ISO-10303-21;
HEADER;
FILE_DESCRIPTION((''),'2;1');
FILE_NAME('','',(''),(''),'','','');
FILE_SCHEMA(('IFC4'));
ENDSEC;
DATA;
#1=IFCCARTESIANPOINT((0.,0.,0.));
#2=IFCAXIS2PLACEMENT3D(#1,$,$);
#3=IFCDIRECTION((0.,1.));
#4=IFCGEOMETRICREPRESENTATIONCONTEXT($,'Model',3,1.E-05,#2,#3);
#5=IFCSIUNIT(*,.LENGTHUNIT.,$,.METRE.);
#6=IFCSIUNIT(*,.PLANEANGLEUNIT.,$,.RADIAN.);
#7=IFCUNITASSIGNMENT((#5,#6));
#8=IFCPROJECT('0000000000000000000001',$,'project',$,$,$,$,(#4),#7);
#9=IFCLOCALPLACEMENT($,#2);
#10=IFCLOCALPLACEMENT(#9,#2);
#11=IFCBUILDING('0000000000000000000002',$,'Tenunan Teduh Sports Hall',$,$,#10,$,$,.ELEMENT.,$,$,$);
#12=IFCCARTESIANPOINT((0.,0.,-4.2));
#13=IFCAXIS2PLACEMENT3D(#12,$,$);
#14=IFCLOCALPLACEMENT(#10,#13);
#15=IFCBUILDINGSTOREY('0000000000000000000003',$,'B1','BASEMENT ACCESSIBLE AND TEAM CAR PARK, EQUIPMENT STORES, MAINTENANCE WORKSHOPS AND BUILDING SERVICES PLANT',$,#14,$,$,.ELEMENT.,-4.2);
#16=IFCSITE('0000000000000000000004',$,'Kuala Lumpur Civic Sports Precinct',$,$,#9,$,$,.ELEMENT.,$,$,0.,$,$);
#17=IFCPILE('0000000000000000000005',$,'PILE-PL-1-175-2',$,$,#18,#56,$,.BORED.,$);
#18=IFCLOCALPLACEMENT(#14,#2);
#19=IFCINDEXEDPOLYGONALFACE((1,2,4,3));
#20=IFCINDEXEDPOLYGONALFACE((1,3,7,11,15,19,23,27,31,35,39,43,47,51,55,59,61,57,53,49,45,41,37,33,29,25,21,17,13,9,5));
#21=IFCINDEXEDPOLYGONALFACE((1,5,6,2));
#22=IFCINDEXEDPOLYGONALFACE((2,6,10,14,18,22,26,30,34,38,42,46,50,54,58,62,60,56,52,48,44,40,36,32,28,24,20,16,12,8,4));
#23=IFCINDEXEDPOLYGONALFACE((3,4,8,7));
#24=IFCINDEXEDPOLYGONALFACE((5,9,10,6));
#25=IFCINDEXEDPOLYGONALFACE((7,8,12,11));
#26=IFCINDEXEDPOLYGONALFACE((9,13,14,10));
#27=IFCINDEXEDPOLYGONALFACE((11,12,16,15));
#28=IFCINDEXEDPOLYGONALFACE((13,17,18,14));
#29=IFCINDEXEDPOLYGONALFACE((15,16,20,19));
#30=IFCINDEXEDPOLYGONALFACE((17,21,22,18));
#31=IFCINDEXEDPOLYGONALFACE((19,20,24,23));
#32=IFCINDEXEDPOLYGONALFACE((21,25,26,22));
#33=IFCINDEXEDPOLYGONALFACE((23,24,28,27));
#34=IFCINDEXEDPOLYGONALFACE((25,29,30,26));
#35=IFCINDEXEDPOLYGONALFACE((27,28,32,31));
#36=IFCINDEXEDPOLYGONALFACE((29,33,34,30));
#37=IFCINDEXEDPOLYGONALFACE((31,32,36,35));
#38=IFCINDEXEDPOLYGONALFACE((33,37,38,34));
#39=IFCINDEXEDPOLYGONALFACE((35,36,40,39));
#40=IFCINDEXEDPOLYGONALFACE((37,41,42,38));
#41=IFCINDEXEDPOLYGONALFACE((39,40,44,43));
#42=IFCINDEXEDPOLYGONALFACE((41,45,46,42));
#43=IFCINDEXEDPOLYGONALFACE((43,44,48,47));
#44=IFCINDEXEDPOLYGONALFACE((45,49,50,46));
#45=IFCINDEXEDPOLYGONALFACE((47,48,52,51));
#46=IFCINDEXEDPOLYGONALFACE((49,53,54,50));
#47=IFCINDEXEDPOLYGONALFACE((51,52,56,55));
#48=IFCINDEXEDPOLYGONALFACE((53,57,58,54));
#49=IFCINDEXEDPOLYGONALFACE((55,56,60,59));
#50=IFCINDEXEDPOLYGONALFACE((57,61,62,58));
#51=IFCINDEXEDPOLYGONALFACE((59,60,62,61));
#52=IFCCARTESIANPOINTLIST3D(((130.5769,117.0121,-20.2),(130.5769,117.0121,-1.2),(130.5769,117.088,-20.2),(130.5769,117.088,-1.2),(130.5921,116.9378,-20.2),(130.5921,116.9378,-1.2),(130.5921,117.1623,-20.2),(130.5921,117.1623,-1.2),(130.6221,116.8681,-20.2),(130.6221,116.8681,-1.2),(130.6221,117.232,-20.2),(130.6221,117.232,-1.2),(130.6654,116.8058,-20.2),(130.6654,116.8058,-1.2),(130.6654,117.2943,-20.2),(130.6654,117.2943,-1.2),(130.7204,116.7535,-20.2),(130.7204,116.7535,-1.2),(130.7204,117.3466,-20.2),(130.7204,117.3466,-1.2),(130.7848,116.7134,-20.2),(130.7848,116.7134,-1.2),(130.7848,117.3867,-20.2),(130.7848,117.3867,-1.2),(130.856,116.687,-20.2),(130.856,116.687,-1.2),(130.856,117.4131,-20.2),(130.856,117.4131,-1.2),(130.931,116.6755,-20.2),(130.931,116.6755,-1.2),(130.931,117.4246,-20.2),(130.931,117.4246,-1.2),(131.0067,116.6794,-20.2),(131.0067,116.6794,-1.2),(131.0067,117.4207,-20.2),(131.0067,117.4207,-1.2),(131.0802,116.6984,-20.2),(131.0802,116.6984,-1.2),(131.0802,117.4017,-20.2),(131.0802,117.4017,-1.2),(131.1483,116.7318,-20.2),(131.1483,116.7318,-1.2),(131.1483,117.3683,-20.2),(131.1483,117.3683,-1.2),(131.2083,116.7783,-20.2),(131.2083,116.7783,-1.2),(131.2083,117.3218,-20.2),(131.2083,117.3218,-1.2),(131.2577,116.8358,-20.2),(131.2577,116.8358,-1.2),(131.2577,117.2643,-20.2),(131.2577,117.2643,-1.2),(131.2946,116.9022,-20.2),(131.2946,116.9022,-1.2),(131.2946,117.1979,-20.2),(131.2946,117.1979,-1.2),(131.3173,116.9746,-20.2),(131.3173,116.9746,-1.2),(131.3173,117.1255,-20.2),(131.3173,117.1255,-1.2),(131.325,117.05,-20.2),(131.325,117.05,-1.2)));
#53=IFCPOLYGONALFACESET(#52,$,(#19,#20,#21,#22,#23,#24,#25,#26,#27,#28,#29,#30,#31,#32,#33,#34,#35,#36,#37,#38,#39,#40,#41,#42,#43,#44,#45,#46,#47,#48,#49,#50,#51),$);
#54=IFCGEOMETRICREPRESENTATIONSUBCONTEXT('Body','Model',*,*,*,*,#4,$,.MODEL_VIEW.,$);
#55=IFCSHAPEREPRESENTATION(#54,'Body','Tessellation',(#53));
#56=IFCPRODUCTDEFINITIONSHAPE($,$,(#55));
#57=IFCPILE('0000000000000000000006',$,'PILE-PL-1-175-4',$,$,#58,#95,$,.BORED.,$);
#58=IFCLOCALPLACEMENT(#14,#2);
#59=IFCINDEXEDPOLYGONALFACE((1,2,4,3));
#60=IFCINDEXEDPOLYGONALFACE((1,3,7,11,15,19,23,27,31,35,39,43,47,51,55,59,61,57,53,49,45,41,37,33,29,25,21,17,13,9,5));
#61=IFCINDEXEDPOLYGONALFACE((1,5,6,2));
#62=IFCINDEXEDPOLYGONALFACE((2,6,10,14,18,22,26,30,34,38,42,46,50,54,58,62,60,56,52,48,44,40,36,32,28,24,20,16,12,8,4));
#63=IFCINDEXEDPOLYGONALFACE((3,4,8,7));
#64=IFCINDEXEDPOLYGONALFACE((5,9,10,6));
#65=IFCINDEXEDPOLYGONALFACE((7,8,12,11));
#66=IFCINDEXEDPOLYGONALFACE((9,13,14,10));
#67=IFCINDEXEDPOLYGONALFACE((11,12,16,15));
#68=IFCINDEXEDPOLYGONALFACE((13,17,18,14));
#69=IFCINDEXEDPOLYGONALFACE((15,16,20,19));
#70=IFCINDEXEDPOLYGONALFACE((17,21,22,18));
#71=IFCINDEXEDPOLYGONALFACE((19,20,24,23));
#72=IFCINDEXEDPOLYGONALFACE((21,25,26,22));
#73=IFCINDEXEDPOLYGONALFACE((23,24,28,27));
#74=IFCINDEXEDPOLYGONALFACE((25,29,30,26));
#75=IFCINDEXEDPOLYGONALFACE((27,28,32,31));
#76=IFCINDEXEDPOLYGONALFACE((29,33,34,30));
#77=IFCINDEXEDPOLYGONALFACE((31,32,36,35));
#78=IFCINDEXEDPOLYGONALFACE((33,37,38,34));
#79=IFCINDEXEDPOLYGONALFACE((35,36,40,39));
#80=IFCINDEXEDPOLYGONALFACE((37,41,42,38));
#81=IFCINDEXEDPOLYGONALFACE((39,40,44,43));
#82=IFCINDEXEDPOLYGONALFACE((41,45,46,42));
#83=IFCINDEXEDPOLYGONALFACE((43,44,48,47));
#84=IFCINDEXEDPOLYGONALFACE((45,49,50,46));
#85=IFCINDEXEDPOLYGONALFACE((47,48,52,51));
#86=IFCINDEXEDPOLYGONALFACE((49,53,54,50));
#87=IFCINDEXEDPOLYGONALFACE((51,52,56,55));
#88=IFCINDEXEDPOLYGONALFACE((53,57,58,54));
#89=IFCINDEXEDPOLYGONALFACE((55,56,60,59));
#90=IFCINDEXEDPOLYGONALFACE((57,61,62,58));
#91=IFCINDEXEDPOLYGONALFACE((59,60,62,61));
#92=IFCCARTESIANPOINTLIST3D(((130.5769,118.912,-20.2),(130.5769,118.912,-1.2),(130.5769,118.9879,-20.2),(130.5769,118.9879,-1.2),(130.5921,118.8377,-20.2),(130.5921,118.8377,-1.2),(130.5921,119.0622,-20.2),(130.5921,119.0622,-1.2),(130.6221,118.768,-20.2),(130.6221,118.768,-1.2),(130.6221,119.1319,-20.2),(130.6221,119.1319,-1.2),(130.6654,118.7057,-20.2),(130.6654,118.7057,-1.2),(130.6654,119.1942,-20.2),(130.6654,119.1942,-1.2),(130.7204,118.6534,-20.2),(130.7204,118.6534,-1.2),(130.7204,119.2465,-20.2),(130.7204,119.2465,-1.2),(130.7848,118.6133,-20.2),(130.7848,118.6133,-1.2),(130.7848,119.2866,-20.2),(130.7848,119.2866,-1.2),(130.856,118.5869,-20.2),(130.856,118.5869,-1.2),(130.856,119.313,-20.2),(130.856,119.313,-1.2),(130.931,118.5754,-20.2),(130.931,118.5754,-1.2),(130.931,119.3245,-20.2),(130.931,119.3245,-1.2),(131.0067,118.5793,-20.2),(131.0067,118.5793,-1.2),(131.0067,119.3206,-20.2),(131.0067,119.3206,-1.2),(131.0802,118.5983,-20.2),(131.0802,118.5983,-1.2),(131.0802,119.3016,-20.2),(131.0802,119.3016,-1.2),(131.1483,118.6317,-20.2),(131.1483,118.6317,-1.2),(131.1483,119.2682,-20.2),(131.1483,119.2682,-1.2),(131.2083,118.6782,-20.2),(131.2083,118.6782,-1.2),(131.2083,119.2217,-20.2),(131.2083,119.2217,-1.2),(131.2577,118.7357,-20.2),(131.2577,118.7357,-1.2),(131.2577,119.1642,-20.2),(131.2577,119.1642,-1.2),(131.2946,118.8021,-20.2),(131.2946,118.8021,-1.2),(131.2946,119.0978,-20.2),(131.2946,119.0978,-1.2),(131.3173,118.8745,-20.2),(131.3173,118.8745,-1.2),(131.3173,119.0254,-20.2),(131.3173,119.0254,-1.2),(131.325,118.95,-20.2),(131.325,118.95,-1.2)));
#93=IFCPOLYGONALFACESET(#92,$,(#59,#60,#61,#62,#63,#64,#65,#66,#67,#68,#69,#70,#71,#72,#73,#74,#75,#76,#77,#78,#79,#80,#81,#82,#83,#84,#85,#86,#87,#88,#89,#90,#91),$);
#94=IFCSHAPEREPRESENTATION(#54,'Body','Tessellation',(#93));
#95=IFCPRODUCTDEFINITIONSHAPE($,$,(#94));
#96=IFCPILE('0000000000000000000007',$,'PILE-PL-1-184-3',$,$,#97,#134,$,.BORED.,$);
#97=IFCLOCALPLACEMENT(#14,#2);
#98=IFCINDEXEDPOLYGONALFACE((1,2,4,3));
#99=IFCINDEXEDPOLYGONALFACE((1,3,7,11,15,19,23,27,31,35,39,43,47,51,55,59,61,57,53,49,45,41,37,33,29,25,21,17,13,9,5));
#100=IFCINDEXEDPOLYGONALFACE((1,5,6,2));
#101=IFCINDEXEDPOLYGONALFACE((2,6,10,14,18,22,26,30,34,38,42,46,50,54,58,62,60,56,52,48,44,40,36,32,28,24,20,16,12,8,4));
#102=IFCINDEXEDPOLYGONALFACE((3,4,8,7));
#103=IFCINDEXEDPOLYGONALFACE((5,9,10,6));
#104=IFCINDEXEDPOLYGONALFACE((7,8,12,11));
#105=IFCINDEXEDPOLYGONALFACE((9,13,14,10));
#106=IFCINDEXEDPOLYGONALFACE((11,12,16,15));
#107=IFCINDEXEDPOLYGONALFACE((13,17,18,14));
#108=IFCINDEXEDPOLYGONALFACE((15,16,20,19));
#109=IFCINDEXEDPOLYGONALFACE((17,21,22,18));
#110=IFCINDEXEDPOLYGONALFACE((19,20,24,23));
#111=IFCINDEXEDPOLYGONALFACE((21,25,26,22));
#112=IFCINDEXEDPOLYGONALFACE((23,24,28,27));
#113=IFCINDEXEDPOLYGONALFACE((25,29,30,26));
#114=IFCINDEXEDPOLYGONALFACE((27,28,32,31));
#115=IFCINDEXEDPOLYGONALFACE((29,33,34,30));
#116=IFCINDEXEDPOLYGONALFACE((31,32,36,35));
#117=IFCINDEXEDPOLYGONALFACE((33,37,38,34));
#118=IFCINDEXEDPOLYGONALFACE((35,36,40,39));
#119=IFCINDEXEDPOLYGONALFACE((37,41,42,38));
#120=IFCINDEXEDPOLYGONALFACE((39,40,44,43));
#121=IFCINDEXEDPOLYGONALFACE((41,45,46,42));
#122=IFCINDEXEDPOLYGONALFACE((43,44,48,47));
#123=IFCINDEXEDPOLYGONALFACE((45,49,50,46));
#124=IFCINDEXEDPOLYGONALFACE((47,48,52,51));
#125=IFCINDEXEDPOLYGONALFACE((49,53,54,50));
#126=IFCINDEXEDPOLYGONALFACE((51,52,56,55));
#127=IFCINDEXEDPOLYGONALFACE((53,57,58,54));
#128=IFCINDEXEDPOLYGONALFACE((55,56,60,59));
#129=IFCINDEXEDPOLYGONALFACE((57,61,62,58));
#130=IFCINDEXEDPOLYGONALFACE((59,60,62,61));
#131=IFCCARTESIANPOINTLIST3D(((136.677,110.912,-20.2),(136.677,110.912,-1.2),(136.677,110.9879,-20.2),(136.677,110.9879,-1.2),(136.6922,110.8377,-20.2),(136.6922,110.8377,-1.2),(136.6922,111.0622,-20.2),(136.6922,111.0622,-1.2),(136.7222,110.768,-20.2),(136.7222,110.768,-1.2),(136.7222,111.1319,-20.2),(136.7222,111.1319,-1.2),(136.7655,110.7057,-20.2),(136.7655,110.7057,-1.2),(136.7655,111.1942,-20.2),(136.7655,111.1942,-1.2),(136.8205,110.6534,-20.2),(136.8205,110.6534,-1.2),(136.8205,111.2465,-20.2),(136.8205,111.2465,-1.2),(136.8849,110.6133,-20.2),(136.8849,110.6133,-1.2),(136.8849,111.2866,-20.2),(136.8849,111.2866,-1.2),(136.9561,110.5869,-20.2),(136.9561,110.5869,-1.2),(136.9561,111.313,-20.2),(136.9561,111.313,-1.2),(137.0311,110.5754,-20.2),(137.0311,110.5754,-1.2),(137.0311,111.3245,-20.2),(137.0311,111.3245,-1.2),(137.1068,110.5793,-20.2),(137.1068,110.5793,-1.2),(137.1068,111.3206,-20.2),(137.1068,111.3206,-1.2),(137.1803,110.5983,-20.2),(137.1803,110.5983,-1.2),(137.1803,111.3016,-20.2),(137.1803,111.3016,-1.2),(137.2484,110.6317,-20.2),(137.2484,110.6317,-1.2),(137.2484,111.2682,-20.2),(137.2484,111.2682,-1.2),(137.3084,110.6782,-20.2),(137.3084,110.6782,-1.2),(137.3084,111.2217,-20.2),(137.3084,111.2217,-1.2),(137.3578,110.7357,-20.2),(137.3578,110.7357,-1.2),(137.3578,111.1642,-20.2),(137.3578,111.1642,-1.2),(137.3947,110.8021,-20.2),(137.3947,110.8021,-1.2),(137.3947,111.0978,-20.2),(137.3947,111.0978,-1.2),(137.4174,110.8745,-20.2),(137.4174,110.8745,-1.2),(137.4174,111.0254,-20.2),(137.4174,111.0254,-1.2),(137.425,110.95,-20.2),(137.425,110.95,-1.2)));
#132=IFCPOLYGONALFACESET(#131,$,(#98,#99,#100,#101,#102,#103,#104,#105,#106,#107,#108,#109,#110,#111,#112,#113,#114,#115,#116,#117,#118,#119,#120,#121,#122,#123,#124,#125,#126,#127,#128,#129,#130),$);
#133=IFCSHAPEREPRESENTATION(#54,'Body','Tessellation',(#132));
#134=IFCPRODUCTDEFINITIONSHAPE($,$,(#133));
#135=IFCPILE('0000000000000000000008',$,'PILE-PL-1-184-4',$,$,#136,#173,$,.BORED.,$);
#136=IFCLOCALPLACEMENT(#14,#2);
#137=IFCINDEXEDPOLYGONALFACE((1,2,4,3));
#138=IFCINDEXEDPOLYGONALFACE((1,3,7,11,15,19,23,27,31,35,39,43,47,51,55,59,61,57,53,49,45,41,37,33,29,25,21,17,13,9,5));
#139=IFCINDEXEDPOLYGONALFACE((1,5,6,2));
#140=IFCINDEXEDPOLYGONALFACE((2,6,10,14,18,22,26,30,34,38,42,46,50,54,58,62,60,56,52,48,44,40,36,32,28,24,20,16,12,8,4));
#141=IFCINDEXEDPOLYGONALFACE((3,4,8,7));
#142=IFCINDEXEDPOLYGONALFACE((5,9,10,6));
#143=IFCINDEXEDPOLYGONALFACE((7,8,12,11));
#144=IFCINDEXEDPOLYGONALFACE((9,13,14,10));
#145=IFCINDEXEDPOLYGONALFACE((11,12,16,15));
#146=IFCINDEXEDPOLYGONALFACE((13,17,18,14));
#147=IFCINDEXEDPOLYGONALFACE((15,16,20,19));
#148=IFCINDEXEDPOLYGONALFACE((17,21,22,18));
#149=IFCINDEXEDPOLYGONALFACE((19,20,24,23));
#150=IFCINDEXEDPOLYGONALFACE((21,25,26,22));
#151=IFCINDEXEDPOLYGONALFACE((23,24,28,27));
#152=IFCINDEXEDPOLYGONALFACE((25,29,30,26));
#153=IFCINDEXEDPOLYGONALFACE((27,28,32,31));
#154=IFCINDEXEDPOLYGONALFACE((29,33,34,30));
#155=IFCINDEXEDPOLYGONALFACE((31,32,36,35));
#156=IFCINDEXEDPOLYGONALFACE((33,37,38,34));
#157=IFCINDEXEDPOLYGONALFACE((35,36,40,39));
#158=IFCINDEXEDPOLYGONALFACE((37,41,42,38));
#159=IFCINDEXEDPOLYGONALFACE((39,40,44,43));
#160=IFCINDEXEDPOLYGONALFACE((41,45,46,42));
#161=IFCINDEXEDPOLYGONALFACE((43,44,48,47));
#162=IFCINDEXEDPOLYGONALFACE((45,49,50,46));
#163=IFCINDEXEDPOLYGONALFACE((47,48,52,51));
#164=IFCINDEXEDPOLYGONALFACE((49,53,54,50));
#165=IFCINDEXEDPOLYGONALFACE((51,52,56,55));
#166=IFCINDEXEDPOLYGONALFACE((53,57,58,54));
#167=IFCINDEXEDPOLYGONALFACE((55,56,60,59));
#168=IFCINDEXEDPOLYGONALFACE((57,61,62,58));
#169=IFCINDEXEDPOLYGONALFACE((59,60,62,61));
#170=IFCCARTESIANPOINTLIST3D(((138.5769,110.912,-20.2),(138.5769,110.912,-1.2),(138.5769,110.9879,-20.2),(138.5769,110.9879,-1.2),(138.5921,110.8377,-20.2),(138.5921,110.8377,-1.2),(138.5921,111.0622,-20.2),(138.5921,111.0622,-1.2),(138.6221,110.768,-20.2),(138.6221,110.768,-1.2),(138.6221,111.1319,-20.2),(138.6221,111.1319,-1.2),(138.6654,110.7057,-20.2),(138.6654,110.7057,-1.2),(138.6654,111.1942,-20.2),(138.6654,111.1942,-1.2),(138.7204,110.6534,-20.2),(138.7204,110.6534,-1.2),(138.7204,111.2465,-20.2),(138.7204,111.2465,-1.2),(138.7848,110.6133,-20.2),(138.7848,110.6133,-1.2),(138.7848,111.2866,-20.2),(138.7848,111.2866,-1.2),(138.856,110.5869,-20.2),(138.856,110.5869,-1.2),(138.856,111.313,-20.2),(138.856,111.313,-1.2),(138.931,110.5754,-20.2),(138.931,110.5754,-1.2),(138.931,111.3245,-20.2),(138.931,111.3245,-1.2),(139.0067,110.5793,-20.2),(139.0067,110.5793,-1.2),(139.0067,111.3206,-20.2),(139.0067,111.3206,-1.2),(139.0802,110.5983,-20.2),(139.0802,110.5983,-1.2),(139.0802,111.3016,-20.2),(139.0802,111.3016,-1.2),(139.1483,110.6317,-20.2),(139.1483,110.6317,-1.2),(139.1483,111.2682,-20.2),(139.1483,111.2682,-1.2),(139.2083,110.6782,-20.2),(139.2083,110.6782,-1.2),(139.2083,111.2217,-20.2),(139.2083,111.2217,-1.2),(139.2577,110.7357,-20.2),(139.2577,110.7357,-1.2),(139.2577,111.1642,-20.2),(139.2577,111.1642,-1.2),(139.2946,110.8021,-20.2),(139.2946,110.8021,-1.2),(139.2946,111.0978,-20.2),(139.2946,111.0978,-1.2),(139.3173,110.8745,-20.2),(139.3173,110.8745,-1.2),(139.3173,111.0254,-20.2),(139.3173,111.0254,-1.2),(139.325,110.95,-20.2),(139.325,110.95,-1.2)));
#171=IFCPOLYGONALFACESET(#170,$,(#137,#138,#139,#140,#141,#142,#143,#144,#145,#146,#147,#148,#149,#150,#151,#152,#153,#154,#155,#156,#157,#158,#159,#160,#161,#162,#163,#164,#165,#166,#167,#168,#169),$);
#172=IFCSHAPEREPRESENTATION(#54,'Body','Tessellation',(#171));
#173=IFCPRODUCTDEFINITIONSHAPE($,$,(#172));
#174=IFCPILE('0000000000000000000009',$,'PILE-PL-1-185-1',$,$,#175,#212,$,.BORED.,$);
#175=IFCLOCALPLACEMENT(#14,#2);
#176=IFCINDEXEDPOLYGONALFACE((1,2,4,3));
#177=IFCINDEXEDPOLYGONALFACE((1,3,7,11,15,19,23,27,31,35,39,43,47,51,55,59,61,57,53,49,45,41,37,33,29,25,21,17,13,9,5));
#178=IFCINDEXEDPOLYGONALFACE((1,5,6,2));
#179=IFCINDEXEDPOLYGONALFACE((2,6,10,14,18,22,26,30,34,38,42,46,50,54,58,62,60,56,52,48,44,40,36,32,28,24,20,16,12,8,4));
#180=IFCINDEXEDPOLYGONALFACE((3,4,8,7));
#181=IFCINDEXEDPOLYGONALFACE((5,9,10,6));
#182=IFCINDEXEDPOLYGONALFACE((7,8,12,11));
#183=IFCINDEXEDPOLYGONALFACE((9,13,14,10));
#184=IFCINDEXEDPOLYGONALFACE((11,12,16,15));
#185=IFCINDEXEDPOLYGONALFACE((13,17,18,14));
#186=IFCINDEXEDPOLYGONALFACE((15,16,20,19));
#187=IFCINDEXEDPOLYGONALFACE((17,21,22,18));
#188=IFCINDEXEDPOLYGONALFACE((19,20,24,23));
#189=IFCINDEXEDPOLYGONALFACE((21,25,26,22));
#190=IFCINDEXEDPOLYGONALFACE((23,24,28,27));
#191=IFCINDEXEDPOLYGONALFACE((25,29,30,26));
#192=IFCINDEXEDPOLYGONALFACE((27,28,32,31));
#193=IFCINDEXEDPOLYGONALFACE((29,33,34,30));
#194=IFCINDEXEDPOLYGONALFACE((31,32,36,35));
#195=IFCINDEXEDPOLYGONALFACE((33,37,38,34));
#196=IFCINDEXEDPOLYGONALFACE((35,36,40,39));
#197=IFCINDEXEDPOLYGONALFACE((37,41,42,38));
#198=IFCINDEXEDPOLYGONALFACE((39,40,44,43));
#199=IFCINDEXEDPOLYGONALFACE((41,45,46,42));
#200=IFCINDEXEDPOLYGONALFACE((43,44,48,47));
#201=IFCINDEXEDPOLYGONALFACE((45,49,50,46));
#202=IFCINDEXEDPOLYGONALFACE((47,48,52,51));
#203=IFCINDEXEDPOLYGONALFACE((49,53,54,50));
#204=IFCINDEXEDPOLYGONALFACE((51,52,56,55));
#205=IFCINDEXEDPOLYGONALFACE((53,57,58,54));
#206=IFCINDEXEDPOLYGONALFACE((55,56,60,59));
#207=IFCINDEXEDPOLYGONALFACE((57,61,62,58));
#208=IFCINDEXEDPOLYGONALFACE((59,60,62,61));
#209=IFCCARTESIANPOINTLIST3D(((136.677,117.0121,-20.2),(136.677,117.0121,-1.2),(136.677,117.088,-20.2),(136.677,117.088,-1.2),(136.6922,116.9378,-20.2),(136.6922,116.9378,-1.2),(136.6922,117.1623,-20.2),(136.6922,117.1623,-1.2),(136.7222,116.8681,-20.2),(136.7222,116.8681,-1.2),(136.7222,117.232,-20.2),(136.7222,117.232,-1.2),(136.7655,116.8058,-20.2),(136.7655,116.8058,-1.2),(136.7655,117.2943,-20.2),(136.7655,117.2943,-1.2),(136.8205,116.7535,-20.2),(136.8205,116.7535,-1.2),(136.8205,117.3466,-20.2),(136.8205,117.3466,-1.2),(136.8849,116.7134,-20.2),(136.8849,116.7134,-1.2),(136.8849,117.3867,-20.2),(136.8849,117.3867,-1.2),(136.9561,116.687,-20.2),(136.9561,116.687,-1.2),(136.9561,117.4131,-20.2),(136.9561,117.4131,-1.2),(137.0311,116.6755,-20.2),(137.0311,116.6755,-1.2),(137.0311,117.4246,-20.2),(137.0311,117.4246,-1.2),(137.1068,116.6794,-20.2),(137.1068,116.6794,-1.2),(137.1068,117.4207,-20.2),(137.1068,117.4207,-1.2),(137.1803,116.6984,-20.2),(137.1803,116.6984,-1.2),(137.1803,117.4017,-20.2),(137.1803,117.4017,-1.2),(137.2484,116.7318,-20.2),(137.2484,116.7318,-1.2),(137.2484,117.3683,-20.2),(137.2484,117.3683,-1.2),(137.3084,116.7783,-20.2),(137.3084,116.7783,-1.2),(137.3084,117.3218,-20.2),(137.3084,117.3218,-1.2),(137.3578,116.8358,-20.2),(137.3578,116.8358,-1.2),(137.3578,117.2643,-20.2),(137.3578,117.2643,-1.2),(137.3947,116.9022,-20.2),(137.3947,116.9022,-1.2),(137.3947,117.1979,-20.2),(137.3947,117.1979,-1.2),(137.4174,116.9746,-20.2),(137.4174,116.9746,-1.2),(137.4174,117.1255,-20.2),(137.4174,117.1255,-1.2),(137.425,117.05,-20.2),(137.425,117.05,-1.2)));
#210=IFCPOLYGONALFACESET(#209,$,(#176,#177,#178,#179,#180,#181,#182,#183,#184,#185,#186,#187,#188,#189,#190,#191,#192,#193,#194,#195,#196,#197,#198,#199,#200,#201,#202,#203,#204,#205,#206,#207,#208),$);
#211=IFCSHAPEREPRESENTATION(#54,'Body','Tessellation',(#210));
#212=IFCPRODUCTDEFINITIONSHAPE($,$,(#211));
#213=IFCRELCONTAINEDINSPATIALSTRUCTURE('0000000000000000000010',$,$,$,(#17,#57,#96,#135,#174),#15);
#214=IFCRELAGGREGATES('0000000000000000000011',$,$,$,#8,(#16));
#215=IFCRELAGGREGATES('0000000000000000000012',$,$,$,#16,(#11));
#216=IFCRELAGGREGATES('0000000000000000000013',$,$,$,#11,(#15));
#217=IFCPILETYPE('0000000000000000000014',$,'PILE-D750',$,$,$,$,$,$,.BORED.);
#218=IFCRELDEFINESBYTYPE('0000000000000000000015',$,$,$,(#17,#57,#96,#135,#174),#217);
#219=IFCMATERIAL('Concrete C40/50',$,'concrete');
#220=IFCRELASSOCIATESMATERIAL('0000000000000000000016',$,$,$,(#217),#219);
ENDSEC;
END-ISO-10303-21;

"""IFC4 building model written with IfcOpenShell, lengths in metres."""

from ifc_helpers import new_model, si_unit, direction, frame, origin, origin_2d, place, context, subcontext, project, spatial, circle, extrude, material, material_profile, profile_set, type_object, element, save


model = new_model("IFC4")

# Units and contexts
model_context = context("Model", 3, precision=1e-05, world=origin(), true_north=direction((0.0, 1.0)))
body_context = subcontext(model_context, "Body", "Model", "MODEL_VIEW")
ifc_project = project(units=[si_unit("LENGTHUNIT", "METRE"), si_unit("PLANEANGLEUNIT", "RADIAN")], contexts=[model_context])

# Site, building, storey
site_placement = place(None, origin())
site = spatial("IfcSite", under=ifc_project, at=site_placement, Name="Kuala Lumpur Civic Sports Precinct", CompositionType="ELEMENT", RefElevation=0.0)
building_placement = place(site_placement, origin())
building = spatial("IfcBuilding", under=site, at=building_placement, Name="Tenunan Teduh Sports Hall", CompositionType="ELEMENT")
storey_placement = place(building_placement, frame((0.0, 0.0, -4.2)))
storey = spatial("IfcBuildingStorey", under=building, at=storey_placement, Name="B1", Description="BASEMENT ACCESSIBLE AND TEAM CAR PARK, EQUIPMENT STORES, MAINTENANCE WORKSHOPS AND BUILDING SERVICES PLANT", CompositionType="ELEMENT", Elevation=-4.2)

# Piles
ifc_material_1 = material(Name="Concrete C40/50", Category="concrete")
ifc_material_profile_1 = material_profile(ifc_material_1, circle(Radius=0.375, at=origin_2d()), Name="PILE D750")
ifc_profile_set_1 = profile_set([ifc_material_profile_1], Name="Concrete C40/50")
pile_type = type_object("IfcPileType", Name="PILE-D750", PredefinedType="BORED", material=ifc_profile_set_1)
for number, where, z_axis, x_axis, name in (
    (1, (130.95, 117.05, -1.2), (0.0, 0.0, -1.0), (1.0, 0.0, 0.0), "PILE-PL-1-175-2"),
    (2, (130.95, 118.95, -1.2), (0.0, 0.0, -1.0), (1.0, 0.0, 0.0), "PILE-PL-1-175-4"),
    (3, (137.05, 110.95, -1.2), (0.0, 0.0, -1.0), (1.0, 0.0, 0.0), "PILE-PL-1-184-3"),
    (4, (138.95, 110.95, -1.2), (0.0, 0.0, -1.0), (1.0, 0.0, 0.0), "PILE-PL-1-184-4"),
    (5, (137.05, 117.05, -1.2), (0.0, 0.0, -1.0), (1.0, 0.0, 0.0), "PILE-PL-1-185-1"),
):
    element("IfcPile", number, at=place(storey_placement, frame(where, z_axis=z_axis, x_axis=x_axis)), inside=storey, type_object=pile_type, Name=name, PredefinedType="BORED", context=body_context, shape_type="SweptSolid", body=[
        extrude(circle(Radius=0.375, at=origin_2d()), origin(), (0.0, 0.0, 1.0), 19.0),
    ])

save(model, "model.ifc")
